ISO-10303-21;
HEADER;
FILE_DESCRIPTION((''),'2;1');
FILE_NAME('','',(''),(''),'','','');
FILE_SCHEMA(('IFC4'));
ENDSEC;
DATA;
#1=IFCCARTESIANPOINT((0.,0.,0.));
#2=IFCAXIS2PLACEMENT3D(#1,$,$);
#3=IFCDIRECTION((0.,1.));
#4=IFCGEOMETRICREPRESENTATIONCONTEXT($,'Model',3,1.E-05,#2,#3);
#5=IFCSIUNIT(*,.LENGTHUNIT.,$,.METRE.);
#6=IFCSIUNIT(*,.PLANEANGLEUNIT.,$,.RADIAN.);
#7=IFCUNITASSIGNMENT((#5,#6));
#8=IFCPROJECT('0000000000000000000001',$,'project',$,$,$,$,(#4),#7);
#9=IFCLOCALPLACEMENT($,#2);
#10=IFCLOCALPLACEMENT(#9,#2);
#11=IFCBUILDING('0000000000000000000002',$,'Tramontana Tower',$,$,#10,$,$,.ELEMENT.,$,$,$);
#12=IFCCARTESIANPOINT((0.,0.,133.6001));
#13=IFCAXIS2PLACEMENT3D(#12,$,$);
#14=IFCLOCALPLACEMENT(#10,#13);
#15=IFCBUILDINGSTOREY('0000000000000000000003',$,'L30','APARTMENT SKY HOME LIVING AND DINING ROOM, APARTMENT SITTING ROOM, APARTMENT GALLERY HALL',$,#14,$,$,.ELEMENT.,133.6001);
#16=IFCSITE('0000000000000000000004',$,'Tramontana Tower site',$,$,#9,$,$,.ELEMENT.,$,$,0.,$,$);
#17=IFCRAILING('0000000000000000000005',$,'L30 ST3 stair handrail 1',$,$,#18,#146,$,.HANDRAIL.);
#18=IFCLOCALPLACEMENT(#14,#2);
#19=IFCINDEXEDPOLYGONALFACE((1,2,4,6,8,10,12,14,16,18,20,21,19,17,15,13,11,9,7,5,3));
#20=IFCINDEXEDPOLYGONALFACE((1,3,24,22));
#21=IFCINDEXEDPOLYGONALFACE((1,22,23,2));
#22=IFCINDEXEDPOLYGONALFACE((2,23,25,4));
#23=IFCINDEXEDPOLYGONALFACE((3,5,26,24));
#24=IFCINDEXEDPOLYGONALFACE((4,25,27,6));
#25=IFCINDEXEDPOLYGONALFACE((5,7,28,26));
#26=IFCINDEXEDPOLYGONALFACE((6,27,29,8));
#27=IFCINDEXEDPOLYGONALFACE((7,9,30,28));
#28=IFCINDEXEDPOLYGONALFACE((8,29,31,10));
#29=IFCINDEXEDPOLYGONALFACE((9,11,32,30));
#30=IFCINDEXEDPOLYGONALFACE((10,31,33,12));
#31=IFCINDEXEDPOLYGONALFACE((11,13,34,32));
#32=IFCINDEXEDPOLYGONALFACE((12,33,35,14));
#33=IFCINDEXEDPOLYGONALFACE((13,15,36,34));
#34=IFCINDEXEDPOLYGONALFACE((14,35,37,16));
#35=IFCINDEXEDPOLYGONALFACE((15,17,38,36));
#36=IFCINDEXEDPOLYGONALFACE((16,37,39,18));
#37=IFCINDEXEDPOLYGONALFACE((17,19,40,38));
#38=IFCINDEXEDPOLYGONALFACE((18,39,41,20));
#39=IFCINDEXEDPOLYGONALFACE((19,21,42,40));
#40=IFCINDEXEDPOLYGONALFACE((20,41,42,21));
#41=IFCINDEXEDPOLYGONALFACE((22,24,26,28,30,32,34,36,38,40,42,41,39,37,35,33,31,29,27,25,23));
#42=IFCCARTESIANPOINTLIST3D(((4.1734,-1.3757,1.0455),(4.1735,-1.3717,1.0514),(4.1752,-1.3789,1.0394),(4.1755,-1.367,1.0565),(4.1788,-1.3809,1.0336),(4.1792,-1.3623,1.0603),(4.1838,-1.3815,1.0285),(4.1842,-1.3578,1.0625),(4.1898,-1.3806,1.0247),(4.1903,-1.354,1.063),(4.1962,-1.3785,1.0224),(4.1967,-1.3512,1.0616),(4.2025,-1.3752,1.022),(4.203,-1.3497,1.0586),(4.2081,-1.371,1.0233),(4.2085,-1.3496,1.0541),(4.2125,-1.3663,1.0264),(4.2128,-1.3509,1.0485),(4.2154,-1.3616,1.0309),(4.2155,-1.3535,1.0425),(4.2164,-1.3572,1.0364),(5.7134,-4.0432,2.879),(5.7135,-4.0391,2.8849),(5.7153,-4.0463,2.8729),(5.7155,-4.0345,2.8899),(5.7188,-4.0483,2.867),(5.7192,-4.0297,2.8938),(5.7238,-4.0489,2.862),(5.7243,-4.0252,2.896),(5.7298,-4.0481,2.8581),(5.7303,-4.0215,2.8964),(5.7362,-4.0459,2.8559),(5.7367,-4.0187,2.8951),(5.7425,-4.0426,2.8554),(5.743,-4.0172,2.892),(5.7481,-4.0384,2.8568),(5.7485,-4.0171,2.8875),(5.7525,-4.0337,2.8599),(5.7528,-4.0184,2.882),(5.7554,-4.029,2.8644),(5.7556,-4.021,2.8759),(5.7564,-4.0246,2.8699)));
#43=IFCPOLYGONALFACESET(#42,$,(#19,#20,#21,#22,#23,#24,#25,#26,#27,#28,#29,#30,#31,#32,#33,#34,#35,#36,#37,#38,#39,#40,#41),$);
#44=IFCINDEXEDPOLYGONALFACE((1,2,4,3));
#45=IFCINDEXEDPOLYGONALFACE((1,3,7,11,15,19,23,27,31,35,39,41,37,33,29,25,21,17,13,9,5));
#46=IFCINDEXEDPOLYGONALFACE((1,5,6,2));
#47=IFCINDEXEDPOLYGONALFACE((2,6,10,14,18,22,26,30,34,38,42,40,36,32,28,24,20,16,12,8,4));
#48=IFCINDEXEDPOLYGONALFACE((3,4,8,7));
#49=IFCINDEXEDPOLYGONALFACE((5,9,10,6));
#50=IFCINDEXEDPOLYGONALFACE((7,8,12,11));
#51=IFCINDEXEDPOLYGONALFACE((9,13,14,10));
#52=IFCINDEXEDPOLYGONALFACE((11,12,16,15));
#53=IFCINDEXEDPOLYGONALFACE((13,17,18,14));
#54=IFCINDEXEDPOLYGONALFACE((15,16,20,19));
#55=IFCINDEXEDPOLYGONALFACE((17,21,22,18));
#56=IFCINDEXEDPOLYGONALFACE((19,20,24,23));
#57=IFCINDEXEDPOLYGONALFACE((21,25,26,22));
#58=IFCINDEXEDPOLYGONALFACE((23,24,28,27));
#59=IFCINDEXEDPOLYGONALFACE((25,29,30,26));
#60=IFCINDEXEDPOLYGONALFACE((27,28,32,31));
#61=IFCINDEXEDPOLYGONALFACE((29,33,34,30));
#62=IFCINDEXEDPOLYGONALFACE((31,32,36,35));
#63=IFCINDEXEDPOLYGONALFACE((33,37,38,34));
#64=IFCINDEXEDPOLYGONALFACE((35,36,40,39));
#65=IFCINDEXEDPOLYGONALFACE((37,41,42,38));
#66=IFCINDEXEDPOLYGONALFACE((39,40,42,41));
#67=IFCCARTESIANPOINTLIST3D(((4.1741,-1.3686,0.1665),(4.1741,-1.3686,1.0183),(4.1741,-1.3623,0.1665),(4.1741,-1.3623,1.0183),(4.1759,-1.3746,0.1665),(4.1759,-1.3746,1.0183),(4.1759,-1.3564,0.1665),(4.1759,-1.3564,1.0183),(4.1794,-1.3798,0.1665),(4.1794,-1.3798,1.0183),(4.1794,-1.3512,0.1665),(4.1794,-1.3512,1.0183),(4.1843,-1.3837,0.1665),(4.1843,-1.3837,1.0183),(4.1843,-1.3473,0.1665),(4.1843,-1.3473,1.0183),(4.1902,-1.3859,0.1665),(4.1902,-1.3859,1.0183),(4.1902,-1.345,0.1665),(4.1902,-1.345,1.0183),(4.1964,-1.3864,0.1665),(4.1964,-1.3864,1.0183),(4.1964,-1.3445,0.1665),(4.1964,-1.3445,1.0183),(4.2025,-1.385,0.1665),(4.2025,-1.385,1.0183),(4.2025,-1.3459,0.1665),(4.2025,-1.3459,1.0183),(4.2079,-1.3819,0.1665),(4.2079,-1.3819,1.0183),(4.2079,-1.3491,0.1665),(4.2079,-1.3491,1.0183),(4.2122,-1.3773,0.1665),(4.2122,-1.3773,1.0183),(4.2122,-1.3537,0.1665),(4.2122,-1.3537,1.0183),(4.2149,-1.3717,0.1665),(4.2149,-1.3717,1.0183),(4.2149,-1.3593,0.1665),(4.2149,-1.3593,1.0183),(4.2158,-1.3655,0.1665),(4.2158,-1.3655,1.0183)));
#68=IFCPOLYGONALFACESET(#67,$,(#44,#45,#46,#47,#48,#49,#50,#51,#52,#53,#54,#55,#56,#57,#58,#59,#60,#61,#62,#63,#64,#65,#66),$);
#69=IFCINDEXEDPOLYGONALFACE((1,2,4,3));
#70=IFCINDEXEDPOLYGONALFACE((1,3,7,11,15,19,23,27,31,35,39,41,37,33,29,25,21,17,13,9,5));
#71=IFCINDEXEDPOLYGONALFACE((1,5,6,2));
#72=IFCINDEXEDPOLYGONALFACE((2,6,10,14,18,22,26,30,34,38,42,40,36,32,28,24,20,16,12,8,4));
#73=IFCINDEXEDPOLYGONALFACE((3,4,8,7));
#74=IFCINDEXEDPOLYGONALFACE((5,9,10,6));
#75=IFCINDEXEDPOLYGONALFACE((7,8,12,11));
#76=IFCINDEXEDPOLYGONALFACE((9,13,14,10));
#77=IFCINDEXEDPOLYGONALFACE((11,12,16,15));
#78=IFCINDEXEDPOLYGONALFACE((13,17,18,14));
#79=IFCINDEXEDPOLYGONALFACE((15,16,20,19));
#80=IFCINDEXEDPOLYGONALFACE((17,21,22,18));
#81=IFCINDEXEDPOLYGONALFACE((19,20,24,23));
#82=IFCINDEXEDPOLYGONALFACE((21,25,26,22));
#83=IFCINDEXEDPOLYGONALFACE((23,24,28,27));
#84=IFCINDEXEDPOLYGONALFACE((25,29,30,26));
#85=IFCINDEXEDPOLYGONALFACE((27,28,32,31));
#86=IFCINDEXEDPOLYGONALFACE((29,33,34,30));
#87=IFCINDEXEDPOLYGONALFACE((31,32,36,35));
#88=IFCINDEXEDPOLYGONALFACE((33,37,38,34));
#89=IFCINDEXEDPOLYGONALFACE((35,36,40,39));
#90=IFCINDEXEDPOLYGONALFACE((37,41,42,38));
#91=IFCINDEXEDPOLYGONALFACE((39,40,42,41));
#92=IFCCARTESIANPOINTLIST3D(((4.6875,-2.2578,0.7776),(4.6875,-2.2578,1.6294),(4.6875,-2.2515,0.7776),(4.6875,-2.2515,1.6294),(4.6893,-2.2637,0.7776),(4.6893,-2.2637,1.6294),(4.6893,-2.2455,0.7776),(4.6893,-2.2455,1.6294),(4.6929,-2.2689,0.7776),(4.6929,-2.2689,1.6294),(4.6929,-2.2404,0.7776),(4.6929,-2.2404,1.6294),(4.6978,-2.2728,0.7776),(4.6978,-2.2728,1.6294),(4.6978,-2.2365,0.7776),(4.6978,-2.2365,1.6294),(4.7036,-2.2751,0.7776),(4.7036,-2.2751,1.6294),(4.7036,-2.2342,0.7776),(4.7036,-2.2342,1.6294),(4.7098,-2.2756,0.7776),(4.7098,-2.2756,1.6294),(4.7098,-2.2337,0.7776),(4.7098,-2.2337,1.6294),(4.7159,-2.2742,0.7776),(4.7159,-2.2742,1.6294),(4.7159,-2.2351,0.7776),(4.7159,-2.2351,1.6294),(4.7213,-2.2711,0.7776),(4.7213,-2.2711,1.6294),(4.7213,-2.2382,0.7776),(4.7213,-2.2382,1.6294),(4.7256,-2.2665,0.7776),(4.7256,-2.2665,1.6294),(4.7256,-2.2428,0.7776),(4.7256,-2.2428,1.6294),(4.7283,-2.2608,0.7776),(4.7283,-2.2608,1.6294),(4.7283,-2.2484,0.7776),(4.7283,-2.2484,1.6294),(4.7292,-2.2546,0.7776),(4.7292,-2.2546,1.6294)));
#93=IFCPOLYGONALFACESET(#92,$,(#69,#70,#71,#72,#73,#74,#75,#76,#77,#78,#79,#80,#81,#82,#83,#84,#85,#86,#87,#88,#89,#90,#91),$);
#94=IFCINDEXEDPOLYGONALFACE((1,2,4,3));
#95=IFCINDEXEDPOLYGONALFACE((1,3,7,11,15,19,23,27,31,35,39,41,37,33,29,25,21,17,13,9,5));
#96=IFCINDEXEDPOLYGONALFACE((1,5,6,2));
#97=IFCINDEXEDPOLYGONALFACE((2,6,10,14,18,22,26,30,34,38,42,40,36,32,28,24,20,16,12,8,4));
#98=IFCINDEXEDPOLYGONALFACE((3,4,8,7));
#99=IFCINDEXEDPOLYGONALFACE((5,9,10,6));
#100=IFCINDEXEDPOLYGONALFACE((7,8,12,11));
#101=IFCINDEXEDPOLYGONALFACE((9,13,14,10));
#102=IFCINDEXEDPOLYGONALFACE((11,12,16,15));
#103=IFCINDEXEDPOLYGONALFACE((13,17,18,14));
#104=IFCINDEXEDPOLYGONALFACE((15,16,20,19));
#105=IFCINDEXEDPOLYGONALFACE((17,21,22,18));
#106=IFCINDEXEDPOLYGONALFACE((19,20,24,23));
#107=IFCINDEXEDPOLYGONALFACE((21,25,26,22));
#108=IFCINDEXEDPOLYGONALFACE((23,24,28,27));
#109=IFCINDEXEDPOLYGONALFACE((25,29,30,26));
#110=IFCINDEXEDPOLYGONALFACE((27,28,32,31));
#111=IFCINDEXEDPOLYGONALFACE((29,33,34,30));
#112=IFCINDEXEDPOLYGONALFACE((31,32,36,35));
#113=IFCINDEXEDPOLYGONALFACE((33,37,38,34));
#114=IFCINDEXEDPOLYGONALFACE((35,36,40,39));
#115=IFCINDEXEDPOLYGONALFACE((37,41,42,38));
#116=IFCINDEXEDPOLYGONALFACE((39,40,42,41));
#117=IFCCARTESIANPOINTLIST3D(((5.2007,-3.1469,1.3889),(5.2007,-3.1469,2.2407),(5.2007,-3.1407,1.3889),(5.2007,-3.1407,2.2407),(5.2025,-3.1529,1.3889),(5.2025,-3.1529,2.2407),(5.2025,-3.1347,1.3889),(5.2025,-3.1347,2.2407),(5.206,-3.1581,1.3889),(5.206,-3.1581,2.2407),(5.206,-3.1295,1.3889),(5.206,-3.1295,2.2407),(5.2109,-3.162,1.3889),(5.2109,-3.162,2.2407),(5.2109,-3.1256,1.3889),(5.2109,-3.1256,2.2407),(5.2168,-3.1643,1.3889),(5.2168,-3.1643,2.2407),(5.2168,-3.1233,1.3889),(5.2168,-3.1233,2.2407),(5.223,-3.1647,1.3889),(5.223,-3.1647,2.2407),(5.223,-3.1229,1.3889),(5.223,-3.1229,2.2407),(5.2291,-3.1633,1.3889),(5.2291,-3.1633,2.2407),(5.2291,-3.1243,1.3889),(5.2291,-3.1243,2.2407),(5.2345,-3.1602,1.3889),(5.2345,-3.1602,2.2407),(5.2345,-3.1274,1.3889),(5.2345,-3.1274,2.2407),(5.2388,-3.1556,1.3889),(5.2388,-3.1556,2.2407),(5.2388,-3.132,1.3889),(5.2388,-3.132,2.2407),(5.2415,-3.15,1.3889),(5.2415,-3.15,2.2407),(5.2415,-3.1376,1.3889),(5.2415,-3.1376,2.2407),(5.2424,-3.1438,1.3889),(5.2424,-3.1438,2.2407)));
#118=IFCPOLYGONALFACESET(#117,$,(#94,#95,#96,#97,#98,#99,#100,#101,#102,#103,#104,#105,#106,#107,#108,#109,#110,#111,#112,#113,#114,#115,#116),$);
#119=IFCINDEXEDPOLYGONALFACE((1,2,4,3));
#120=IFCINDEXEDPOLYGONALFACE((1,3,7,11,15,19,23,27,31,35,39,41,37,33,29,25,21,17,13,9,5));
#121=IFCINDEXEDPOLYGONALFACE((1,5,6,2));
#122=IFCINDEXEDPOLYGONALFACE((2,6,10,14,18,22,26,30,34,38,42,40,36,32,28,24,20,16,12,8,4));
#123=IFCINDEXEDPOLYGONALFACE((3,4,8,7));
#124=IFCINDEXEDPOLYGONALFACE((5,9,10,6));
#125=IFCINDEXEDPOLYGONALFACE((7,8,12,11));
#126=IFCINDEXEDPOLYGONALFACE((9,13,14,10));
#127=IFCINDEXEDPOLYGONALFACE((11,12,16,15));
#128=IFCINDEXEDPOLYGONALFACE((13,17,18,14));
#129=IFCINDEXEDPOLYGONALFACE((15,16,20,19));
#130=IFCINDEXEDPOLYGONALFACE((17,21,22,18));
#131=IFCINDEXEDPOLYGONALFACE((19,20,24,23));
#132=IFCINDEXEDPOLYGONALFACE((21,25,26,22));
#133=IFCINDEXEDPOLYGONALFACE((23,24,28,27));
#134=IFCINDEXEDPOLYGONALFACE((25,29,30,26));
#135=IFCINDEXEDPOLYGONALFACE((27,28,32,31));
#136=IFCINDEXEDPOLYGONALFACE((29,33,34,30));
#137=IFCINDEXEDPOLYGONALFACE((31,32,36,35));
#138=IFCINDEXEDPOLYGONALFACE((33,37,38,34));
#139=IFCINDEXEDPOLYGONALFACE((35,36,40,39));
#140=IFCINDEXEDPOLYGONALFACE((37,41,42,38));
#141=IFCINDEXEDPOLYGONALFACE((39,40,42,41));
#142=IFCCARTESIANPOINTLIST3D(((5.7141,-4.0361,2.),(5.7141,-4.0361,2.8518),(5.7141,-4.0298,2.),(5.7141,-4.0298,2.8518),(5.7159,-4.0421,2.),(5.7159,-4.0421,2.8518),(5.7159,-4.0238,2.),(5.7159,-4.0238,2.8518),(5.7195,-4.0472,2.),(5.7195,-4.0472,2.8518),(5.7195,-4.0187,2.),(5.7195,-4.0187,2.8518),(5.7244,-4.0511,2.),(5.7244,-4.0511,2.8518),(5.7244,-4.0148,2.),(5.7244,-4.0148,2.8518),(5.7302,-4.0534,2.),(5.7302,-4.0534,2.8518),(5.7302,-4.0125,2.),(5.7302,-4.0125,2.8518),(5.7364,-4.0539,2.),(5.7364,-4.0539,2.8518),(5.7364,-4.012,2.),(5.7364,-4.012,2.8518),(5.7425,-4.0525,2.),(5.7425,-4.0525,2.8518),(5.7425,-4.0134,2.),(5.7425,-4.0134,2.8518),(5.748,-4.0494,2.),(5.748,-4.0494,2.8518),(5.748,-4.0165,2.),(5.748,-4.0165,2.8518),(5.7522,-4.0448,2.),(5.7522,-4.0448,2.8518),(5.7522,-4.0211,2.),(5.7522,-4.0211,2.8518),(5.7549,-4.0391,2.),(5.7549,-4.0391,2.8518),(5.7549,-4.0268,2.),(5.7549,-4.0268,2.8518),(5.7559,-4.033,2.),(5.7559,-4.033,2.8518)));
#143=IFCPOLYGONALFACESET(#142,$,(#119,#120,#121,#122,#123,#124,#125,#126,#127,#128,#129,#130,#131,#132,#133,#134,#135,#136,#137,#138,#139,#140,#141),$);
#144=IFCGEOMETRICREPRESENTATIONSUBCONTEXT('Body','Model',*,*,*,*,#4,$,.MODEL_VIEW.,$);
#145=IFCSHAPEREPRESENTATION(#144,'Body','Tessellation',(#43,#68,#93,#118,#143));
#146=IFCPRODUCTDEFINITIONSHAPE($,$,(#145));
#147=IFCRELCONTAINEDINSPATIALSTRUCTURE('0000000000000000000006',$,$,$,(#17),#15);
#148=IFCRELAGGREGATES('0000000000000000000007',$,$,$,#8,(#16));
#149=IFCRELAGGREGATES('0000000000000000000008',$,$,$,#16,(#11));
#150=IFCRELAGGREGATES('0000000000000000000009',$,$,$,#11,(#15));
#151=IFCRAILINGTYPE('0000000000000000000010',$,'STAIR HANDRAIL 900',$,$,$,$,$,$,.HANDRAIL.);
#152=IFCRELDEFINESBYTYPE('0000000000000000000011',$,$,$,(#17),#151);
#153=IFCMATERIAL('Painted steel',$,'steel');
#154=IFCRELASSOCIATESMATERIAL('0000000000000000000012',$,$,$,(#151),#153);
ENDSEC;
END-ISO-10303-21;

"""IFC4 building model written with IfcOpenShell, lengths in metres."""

from ifc_helpers import new_model, si_unit, direction, frame, origin, origin_2d, place, context, subcontext, project, spatial, circle, extrude, material, type_object, element, save


model = new_model("IFC4")

# Units and contexts
model_context = context("Model", 3, precision=1e-05, world=origin(), true_north=direction((0.0, 1.0)))
body_context = subcontext(model_context, "Body", "Model", "MODEL_VIEW")
ifc_project = project(units=[si_unit("LENGTHUNIT", "METRE"), si_unit("PLANEANGLEUNIT", "RADIAN")], contexts=[model_context])

# Site, building, storey
site_placement = place(None, origin())
site = spatial("IfcSite", under=ifc_project, at=site_placement, Name="Tramontana Tower site", CompositionType="ELEMENT", RefElevation=0.0)
building_placement = place(site_placement, origin())
building = spatial("IfcBuilding", under=site, at=building_placement, Name="Tramontana Tower", CompositionType="ELEMENT")
storey_placement = place(building_placement, frame((0.0, 0.0, 133.6001)))
storey = spatial("IfcBuildingStorey", under=building, at=storey_placement, Name="L30", Description="APARTMENT SKY HOME LIVING AND DINING ROOM, APARTMENT SITTING ROOM, APARTMENT GALLERY HALL", CompositionType="ELEMENT", Elevation=133.6001)

# Railing
ifc_material_1 = material(Name="Painted steel", Category="steel")
railing_type_1 = type_object("IfcRailingType", Name="STAIR HANDRAIL 900", PredefinedType="HANDRAIL", material=ifc_material_1)
railing_1_placement = place(storey_placement, frame((4.1948, -1.3655, 0.1665)))
element("IfcRailing", 1, at=railing_1_placement, inside=storey, type_object=railing_type_1, Name="L30 ST3 stair handrail 1", PredefinedType="HANDRAIL", context=body_context, shape_type="SweptSolid", body=[
    extrude(circle(Radius=0.0239, at=origin_2d()), frame((0.0, 0.0, 0.876), z_axis=(0.429634, -0.744164, 0.511502), x_axis=(0.86603, 0.499992, 0.0)), (0.0, 0.0, 1.0), 3.5845),
    extrude(circle(Radius=0.021, at=origin_2d()), origin(), (0.0, 0.0, 1.0), 0.8518),
    extrude(circle(Radius=0.021, at=origin_2d()), frame((0.5134, -0.8892, 0.6111)), (0.0, 0.0, 1.0), 0.8518),
    extrude(circle(Radius=0.021, at=origin_2d()), frame((1.0266, -1.7783, 1.2224)), (0.0, 0.0, 1.0), 0.8518),
    extrude(circle(Radius=0.021, at=origin_2d()), frame((1.54, -2.6675, 1.8335)), (0.0, 0.0, 1.0), 0.8518),
])

save(model, "model.ifc")
